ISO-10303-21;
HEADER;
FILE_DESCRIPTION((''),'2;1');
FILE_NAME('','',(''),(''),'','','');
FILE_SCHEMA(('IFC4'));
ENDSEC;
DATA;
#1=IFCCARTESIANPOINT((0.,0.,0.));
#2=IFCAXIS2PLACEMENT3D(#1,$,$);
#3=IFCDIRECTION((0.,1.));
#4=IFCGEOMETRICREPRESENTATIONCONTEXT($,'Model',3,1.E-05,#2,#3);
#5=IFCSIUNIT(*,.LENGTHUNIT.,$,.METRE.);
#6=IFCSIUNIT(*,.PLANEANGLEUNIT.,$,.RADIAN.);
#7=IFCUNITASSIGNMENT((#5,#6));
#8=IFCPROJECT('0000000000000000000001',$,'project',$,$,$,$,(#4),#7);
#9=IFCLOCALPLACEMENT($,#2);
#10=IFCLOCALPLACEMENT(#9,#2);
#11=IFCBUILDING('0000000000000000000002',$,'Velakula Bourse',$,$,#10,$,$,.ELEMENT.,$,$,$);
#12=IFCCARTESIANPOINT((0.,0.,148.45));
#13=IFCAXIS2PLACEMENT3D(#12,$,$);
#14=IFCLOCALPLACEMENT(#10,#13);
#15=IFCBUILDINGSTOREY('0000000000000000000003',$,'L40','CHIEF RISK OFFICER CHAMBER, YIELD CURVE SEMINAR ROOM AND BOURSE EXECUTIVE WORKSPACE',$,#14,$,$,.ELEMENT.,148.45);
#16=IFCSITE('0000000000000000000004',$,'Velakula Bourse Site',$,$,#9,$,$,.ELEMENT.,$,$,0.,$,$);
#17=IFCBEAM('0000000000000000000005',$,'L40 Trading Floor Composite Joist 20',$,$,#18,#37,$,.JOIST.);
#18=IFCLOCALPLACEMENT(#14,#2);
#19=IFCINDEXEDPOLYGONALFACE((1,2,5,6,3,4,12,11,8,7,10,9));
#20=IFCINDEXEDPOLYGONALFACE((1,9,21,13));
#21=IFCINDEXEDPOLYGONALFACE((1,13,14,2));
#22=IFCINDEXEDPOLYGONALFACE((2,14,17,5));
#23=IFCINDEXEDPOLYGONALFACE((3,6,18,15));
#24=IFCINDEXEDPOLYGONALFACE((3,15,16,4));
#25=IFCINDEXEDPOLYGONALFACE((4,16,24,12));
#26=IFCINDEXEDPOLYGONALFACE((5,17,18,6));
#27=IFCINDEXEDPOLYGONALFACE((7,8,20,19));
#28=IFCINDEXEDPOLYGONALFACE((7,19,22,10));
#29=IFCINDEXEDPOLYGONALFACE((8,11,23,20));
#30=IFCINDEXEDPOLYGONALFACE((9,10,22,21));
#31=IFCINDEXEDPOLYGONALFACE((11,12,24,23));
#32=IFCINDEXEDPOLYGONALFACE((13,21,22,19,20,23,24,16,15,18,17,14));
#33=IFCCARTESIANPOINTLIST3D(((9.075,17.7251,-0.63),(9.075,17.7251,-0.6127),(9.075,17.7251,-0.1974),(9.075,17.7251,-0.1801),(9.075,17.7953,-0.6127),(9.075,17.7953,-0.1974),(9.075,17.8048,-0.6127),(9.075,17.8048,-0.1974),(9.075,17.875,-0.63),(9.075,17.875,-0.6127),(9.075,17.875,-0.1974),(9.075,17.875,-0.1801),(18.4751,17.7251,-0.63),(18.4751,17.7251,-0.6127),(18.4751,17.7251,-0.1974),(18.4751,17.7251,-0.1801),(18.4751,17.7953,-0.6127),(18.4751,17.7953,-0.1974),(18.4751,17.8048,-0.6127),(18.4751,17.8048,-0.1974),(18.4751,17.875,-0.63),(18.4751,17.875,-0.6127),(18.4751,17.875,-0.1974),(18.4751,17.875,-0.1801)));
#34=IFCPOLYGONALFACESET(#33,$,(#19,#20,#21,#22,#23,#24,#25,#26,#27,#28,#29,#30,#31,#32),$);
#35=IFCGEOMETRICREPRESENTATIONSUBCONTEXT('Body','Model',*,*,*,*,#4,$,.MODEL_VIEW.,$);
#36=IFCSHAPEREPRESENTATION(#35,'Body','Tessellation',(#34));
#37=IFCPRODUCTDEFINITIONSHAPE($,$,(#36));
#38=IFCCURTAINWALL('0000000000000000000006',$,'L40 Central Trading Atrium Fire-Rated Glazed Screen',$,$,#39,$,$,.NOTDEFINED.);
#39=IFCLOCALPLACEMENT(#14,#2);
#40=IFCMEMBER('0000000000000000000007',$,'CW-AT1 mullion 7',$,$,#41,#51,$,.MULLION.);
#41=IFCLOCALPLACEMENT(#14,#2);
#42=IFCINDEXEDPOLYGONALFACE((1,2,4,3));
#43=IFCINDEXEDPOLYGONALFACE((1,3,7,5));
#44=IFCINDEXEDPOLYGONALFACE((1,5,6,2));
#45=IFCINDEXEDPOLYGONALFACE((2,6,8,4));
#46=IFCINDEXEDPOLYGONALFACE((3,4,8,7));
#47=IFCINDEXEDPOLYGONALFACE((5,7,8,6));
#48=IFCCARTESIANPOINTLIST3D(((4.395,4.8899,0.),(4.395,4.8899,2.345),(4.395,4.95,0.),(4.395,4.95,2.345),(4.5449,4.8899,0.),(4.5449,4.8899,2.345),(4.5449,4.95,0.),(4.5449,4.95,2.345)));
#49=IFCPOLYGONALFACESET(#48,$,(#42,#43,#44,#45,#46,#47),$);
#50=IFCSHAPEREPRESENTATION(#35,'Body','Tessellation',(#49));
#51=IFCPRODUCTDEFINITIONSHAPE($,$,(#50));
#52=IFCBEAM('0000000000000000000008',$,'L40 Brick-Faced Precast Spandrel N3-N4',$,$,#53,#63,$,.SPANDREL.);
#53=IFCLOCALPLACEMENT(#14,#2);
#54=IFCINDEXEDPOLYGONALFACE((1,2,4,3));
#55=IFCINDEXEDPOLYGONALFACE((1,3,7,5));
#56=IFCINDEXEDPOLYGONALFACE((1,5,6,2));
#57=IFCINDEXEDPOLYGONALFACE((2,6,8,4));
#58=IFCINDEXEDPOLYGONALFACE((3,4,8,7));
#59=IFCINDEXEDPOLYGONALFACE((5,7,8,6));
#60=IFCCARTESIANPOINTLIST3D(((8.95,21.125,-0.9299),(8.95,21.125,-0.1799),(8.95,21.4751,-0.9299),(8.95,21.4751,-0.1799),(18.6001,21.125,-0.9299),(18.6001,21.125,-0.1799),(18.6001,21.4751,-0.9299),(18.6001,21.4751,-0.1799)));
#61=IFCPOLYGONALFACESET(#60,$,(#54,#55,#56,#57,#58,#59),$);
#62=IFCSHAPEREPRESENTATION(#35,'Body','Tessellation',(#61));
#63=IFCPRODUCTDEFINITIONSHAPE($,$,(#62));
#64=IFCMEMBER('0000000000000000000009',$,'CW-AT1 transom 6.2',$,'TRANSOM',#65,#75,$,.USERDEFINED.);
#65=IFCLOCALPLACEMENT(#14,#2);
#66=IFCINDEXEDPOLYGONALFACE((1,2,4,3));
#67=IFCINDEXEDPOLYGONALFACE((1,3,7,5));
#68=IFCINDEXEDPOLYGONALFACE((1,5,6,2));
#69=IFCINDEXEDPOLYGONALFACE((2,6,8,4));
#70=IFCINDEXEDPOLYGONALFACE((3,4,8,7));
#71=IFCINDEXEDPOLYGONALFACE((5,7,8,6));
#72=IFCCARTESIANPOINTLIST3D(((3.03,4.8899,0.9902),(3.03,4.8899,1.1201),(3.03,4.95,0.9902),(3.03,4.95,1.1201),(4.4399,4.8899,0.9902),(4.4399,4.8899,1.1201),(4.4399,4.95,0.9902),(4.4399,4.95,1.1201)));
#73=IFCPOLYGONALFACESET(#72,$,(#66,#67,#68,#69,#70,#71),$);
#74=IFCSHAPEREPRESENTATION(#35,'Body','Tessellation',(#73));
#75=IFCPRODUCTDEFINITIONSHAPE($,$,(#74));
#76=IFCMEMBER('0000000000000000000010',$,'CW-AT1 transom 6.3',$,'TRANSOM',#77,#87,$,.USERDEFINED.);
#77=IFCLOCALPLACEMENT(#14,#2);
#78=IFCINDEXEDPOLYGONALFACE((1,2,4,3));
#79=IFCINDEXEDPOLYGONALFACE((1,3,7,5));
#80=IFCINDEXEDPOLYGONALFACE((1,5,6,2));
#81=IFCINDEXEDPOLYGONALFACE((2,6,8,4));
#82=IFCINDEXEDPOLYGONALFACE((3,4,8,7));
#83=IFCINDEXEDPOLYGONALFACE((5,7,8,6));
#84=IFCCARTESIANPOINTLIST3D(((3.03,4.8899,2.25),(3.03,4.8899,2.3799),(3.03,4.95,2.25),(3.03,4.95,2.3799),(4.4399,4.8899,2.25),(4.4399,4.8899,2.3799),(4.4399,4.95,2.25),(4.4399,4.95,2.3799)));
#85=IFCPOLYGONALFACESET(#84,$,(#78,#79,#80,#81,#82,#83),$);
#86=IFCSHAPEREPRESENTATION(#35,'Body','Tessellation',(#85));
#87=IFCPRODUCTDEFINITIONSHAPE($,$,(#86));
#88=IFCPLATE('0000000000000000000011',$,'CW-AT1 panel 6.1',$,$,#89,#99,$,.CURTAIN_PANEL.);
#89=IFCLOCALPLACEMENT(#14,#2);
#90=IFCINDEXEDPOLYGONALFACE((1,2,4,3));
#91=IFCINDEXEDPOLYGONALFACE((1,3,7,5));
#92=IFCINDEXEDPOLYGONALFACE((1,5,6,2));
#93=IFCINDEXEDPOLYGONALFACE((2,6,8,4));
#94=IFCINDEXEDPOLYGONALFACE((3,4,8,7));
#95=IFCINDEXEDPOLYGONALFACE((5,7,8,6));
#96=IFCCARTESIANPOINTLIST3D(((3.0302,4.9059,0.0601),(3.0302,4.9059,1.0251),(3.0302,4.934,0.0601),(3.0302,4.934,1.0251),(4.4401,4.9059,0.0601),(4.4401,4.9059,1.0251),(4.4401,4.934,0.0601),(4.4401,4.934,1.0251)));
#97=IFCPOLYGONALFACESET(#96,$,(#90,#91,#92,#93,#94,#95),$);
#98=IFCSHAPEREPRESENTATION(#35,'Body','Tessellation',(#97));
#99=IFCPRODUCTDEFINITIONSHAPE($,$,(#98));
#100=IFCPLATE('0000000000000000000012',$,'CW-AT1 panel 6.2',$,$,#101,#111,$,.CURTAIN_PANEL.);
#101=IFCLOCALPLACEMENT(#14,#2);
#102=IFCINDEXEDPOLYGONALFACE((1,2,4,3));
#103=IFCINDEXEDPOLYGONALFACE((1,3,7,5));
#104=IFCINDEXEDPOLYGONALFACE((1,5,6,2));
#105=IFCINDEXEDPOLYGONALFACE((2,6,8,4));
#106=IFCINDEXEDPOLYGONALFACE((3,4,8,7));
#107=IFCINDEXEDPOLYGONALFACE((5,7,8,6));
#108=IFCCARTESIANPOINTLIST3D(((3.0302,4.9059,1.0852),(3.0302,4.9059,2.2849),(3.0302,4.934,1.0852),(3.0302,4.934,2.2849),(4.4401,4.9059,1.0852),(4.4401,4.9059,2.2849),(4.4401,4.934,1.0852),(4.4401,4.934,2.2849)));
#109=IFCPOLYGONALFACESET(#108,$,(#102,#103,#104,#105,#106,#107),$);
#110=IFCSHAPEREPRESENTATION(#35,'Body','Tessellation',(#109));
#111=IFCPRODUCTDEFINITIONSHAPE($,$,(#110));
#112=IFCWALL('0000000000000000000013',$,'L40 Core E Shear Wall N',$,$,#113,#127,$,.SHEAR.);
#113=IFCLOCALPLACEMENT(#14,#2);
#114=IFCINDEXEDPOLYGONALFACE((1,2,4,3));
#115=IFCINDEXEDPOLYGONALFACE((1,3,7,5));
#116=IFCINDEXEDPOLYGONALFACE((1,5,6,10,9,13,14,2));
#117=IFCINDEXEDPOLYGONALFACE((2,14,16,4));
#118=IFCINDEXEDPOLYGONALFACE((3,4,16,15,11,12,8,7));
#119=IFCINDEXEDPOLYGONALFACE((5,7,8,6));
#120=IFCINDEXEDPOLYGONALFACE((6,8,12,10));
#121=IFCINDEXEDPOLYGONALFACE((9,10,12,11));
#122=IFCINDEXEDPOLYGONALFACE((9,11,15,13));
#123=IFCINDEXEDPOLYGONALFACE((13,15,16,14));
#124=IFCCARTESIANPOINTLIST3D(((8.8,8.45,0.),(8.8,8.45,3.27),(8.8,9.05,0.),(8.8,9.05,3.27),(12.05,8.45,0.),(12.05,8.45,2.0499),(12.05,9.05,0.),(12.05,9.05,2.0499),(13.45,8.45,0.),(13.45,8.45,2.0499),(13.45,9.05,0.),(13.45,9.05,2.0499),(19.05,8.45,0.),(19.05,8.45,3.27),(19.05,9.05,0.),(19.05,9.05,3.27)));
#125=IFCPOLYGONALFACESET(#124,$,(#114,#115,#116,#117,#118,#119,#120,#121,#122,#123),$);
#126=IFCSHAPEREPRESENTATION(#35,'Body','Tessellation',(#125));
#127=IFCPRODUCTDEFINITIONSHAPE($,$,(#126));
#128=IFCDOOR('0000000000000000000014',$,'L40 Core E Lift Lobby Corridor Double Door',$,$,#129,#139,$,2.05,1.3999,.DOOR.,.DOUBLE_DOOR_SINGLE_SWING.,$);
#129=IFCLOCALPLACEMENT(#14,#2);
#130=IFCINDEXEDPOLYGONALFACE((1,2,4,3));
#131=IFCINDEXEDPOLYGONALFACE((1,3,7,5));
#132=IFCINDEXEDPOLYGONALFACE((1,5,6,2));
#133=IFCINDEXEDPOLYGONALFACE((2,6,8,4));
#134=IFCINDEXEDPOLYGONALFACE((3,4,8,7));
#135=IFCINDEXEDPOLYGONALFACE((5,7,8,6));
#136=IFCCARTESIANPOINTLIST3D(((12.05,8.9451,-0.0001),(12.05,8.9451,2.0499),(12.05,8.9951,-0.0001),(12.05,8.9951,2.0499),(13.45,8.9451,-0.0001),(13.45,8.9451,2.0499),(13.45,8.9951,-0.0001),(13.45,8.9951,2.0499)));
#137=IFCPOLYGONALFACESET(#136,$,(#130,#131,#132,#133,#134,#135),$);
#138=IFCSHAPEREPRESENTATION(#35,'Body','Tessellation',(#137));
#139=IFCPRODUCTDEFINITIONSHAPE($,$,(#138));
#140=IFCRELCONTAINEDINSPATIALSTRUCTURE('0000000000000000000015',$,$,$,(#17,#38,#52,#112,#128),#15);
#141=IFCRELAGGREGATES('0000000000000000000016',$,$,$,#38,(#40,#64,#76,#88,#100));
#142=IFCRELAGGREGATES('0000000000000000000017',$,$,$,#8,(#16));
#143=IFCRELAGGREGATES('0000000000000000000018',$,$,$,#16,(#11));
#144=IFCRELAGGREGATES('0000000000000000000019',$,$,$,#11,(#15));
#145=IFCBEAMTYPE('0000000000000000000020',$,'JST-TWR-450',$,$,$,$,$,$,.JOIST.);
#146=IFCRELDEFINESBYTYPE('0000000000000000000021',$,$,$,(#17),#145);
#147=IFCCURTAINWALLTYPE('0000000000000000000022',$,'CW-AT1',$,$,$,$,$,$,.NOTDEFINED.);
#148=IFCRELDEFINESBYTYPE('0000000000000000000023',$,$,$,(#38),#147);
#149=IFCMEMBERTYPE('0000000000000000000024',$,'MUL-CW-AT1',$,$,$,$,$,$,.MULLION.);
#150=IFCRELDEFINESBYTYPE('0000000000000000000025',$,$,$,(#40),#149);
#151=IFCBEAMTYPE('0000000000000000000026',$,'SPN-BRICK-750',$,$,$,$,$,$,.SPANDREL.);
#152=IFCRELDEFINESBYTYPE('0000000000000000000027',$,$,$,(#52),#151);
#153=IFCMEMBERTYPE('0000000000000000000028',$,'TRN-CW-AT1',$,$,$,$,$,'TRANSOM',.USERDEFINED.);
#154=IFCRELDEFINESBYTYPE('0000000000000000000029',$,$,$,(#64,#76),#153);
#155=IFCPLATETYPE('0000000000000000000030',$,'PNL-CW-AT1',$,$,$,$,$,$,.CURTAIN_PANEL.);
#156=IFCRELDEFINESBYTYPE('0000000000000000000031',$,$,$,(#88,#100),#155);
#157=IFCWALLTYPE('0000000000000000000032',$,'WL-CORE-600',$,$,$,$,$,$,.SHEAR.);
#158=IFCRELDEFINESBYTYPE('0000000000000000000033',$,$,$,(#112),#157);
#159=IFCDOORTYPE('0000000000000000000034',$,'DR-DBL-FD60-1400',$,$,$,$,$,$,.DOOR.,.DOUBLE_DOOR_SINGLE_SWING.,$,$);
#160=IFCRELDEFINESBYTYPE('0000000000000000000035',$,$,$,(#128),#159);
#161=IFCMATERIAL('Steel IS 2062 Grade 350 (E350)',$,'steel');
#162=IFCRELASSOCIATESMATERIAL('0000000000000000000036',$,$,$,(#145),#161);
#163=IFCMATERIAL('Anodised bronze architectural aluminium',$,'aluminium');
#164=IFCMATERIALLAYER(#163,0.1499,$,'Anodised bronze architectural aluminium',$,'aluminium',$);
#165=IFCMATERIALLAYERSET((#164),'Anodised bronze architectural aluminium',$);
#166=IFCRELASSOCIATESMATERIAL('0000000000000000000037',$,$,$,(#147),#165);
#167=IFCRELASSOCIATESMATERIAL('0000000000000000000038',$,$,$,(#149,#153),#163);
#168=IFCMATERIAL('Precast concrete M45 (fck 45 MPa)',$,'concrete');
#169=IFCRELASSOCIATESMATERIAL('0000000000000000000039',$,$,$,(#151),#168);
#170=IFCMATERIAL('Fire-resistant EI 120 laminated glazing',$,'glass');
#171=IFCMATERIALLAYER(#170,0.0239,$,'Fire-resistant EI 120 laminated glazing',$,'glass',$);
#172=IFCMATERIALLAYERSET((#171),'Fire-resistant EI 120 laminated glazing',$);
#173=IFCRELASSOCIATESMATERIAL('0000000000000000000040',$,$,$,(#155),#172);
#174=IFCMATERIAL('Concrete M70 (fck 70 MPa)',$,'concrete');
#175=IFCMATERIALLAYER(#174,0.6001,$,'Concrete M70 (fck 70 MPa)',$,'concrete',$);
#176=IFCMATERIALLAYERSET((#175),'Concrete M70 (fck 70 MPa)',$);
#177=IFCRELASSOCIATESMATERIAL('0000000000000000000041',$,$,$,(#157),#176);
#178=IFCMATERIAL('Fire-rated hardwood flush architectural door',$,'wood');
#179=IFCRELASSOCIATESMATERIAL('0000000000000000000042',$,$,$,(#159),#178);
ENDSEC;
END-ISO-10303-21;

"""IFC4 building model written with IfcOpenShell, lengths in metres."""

from ifc_helpers import new_model, si_unit, direction, frame, frame_2d, origin, origin_2d, place, context, subcontext, project, spatial, rectangle, i_section, extrude, material, layer, layer_set, material_profile, profile_set, type_object, element, fill, aggregate, save


model = new_model("IFC4")

# Units and contexts
model_context = context("Model", 3, precision=1e-05, world=origin(), true_north=direction((0.0, 1.0)))
body_context = subcontext(model_context, "Body", "Model", "MODEL_VIEW")
ifc_project = project(units=[si_unit("LENGTHUNIT", "METRE"), si_unit("PLANEANGLEUNIT", "RADIAN")], contexts=[model_context])

# Site, building, storey
site_placement = place(None, origin())
site = spatial("IfcSite", under=ifc_project, at=site_placement, Name="Velakula Bourse Site", CompositionType="ELEMENT", RefElevation=0.0)
building_placement = place(site_placement, origin())
building = spatial("IfcBuilding", under=site, at=building_placement, Name="Velakula Bourse", CompositionType="ELEMENT")
storey_placement = place(building_placement, frame((0.0, 0.0, 148.45)))
storey = spatial("IfcBuildingStorey", under=building, at=storey_placement, Name="L40", Description="CHIEF RISK OFFICER CHAMBER, YIELD CURVE SEMINAR ROOM AND BOURSE EXECUTIVE WORKSPACE", CompositionType="ELEMENT", Elevation=148.45)

# Shared definitions
ifc_material_1 = material(Name="Concrete M70 (fck 70 MPa)", Category="concrete")
ifc_material_2 = material(Name="Steel IS 2062 Grade 350 (E350)", Category="steel")

# Beam
ifc_material_profile_1 = material_profile(ifc_material_2, i_section(OverallWidth=0.1499, OverallDepth=0.45, WebThickness=0.0095, FlangeThickness=0.0173, at=origin_2d()), Name="Steel IS 2062 Grade 350 (E350)")
ifc_profile_set_1 = profile_set([ifc_material_profile_1], Name="Steel IS 2062 Grade 350 (E350)")
beam_type_1 = type_object("IfcBeamType", Name="JST-TWR-450", PredefinedType="JOIST", material=ifc_profile_set_1)
for number, where, z_axis, x_axis, name in (
    (1, (9.075, 17.8, -0.405), (1.0, 0.0, 0.0), (0.0, 1.0, 0.0), "L40 Trading Floor Composite Joist 20"),
):
    element("IfcBeam", number, at=place(storey_placement, frame(where, z_axis=z_axis, x_axis=x_axis)), inside=storey, type_object=beam_type_1, Name=name, PredefinedType="JOIST", context=body_context, shape_type="SweptSolid", body=[
        extrude(i_section(OverallWidth=0.1499, OverallDepth=0.45, WebThickness=0.0095, FlangeThickness=0.0173, at=origin_2d()), origin(), (0.0, 0.0, 1.0), 9.4001),
    ])

# Curtain wall, member
ifc_material_3 = material(Name="Anodised bronze architectural aluminium", Category="aluminium")
ifc_layer_1 = layer(ifc_material_3, 0.1499, Name="Anodised bronze architectural aluminium", Category="aluminium")
ifc_layer_set_1 = layer_set([ifc_layer_1], Name="Anodised bronze architectural aluminium")
curtain_wall_type = type_object("IfcCurtainWallType", Name="CW-AT1", PredefinedType="NOTDEFINED", material=ifc_layer_set_1)
curtain_wall_placement = place(storey_placement, origin())
curtain_wall = element("IfcCurtainWall", 2, at=curtain_wall_placement, inside=storey, type_object=curtain_wall_type, Name="L40 Central Trading Atrium Fire-Rated Glazed Screen", PredefinedType="NOTDEFINED")
ifc_material_profile_2 = material_profile(ifc_material_3, rectangle(XDim=0.0601, YDim=0.1499, at=origin_2d()), Name="Anodised bronze architectural aluminium")
ifc_profile_set_2 = profile_set([ifc_material_profile_2], Name="Anodised bronze architectural aluminium")
member_type_1 = type_object("IfcMemberType", Name="MUL-CW-AT1", PredefinedType="MULLION", material=ifc_profile_set_2)
member_1_placement = place(storey_placement, frame((4.47, 4.9199, 0.0), z_axis=(0.0, 0.0, 1.0), x_axis=(0.0, 1.0, 0.0)))
member_1 = element("IfcMember", 3, at=member_1_placement, type_object=member_type_1, Name="CW-AT1 mullion 7", PredefinedType="MULLION", context=body_context, shape_type="SweptSolid", body=[
    extrude(rectangle(XDim=0.0601, YDim=0.1499, at=origin_2d()), origin(), (0.0, 0.0, 1.0), 2.345),
])

# Beam
ifc_material_4 = material(Name="Precast concrete M45 (fck 45 MPa)", Category="concrete")
ifc_material_profile_3 = material_profile(ifc_material_4, rectangle(XDim=0.3501, YDim=0.75, at=origin_2d()), Name="Precast concrete M45 (fck 45 MPa)")
ifc_profile_set_3 = profile_set([ifc_material_profile_3], Name="Precast concrete M45 (fck 45 MPa)")
beam_type_2 = type_object("IfcBeamType", Name="SPN-BRICK-750", PredefinedType="SPANDREL", material=ifc_profile_set_3)
beam_1_placement = place(storey_placement, frame((8.95, 21.3, -0.5549), z_axis=(1.0, 0.0, 0.0), x_axis=(0.0, 1.0, 0.0)))
element("IfcBeam", 4, at=beam_1_placement, inside=storey, type_object=beam_type_2, Name="L40 Brick-Faced Precast Spandrel N3-N4", PredefinedType="SPANDREL", context=body_context, shape_type="SweptSolid", body=[
    extrude(rectangle(XDim=0.3501, YDim=0.75, at=origin_2d()), origin(), (0.0, 0.0, 1.0), 9.6501),
])

# Members
ifc_material_profile_4 = material_profile(ifc_material_3, rectangle(XDim=0.0601, YDim=0.1299, at=origin_2d()), Name="Anodised bronze architectural aluminium")
ifc_profile_set_4 = profile_set([ifc_material_profile_4], Name="Anodised bronze architectural aluminium")
member_type_2 = type_object("IfcMemberType", Name="TRN-CW-AT1", ElementType="TRANSOM", PredefinedType="USERDEFINED", material=ifc_profile_set_4)
member_2_placement = place(storey_placement, frame((3.03, 4.9199, 1.0552), z_axis=(1.0, 0.0, 0.0), x_axis=(0.0, 1.0, 0.0)))
member_2 = element("IfcMember", 5, at=member_2_placement, type_object=member_type_2, Name="CW-AT1 transom 6.2", ObjectType="TRANSOM", PredefinedType="USERDEFINED", context=body_context, shape_type="SweptSolid", body=[
    extrude(rectangle(XDim=0.0601, YDim=0.1299, at=origin_2d()), origin(), (0.0, 0.0, 1.0), 1.4099),
])
member_3_placement = place(storey_placement, frame((3.03, 4.9199, 2.3149), z_axis=(1.0, 0.0, 0.0), x_axis=(0.0, 1.0, 0.0)))
member_3 = element("IfcMember", 6, at=member_3_placement, type_object=member_type_2, Name="CW-AT1 transom 6.3", ObjectType="TRANSOM", PredefinedType="USERDEFINED", context=body_context, shape_type="SweptSolid", body=[
    extrude(rectangle(XDim=0.0601, YDim=0.1299, at=origin_2d()), origin(), (0.0, 0.0, 1.0), 1.4099),
])

# Plates
ifc_material_5 = material(Name="Fire-resistant EI 120 laminated glazing", Category="glass")
ifc_layer_2 = layer(ifc_material_5, 0.0239, Name="Fire-resistant EI 120 laminated glazing", Category="glass")
ifc_layer_set_2 = layer_set([ifc_layer_2], Name="Fire-resistant EI 120 laminated glazing")
plate_type = type_object("IfcPlateType", Name="PNL-CW-AT1", PredefinedType="CURTAIN_PANEL", material=ifc_layer_set_2)
plate_1_placement = place(storey_placement, frame((3.7351, 4.9199, 0.0601), z_axis=(0.0, 0.0, 1.0), x_axis=(1.0, 0.0, 0.0)))
plate_1 = element("IfcPlate", 7, at=plate_1_placement, type_object=plate_type, Name="CW-AT1 panel 6.1", PredefinedType="CURTAIN_PANEL", context=body_context, shape_type="SweptSolid", body=[
    extrude(rectangle(XDim=1.4099, YDim=0.0281, at=origin_2d()), origin(), (0.0, 0.0, 1.0), 0.9651),
])
plate_2_placement = place(storey_placement, frame((3.7351, 4.9199, 1.0852), z_axis=(0.0, 0.0, 1.0), x_axis=(1.0, 0.0, 0.0)))
plate_2 = element("IfcPlate", 8, at=plate_2_placement, type_object=plate_type, Name="CW-AT1 panel 6.2", PredefinedType="CURTAIN_PANEL", context=body_context, shape_type="SweptSolid", body=[
    extrude(rectangle(XDim=1.4099, YDim=0.0281, at=origin_2d()), origin(), (0.0, 0.0, 1.0), 1.1997),
])
aggregate(curtain_wall, [member_1, member_2, member_3, plate_1, plate_2])

# Wall, opening, door
ifc_layer_3 = layer(ifc_material_1, 0.6001, Name="Concrete M70 (fck 70 MPa)", Category="concrete")
ifc_layer_set_3 = layer_set([ifc_layer_3], Name="Concrete M70 (fck 70 MPa)")
wall_type_1 = type_object("IfcWallType", Name="WL-CORE-600", PredefinedType="SHEAR", material=ifc_layer_set_3)
wall_1_placement = place(storey_placement, frame((8.8, 8.75, 0.0), z_axis=(0.0, 0.0, 1.0), x_axis=(1.0, 0.0, 0.0)))
wall_1 = element("IfcWall", 9, at=wall_1_placement, inside=storey, type_object=wall_type_1, Name="L40 Core E Shear Wall N", PredefinedType="SHEAR", context=body_context, shape_type="SweptSolid", body=[
    extrude(rectangle(XDim=10.25, YDim=0.6001, at=frame_2d((5.125, 0.0))), origin(), (0.0, 0.0, 1.0), 3.27),
])
opening_1_placement = place(wall_1_placement, frame((3.25, 0.0, 0.0)))
opening_1 = element("IfcOpeningElement", 10, at=opening_1_placement, cuts=wall_1, PredefinedType="OPENING", context=body_context, shape_type="SweptSolid", body=[
    extrude(rectangle(XDim=1.3999, YDim=2.05, at=frame_2d((0.7, 1.0249))), frame((0.0, 0.3101, 0.0), z_axis=(0.0, -1.0, 0.0), x_axis=(1.0, 0.0, 0.0)), (0.0, 0.0, 1.0), 0.6201),
])
ifc_material_6 = material(Name="Fire-rated hardwood flush architectural door", Category="wood")
door_type = type_object("IfcDoorType", Name="DR-DBL-FD60-1400", OperationType="DOUBLE_DOOR_SINGLE_SWING", PredefinedType="DOOR", material=ifc_material_6)
door_placement = place(opening_1_placement, origin())
door = element("IfcDoor", 11, at=door_placement, inside=storey, type_object=door_type, Name="L40 Core E Lift Lobby Corridor Double Door", OperationType="DOUBLE_DOOR_SINGLE_SWING", OverallHeight=2.05, OverallWidth=1.3999, PredefinedType="DOOR", context=body_context, shape_type="SweptSolid", body=[
    extrude(rectangle(XDim=1.3999, YDim=2.05, at=frame_2d((0.7, 1.0249))), frame((0.0, 0.2451, 0.0), z_axis=(0.0, -1.0, 0.0), x_axis=(1.0, 0.0, 0.0)), (0.0, 0.0, 1.0), 0.05),
])
fill(opening_1, door)

save(model, "model.ifc")
